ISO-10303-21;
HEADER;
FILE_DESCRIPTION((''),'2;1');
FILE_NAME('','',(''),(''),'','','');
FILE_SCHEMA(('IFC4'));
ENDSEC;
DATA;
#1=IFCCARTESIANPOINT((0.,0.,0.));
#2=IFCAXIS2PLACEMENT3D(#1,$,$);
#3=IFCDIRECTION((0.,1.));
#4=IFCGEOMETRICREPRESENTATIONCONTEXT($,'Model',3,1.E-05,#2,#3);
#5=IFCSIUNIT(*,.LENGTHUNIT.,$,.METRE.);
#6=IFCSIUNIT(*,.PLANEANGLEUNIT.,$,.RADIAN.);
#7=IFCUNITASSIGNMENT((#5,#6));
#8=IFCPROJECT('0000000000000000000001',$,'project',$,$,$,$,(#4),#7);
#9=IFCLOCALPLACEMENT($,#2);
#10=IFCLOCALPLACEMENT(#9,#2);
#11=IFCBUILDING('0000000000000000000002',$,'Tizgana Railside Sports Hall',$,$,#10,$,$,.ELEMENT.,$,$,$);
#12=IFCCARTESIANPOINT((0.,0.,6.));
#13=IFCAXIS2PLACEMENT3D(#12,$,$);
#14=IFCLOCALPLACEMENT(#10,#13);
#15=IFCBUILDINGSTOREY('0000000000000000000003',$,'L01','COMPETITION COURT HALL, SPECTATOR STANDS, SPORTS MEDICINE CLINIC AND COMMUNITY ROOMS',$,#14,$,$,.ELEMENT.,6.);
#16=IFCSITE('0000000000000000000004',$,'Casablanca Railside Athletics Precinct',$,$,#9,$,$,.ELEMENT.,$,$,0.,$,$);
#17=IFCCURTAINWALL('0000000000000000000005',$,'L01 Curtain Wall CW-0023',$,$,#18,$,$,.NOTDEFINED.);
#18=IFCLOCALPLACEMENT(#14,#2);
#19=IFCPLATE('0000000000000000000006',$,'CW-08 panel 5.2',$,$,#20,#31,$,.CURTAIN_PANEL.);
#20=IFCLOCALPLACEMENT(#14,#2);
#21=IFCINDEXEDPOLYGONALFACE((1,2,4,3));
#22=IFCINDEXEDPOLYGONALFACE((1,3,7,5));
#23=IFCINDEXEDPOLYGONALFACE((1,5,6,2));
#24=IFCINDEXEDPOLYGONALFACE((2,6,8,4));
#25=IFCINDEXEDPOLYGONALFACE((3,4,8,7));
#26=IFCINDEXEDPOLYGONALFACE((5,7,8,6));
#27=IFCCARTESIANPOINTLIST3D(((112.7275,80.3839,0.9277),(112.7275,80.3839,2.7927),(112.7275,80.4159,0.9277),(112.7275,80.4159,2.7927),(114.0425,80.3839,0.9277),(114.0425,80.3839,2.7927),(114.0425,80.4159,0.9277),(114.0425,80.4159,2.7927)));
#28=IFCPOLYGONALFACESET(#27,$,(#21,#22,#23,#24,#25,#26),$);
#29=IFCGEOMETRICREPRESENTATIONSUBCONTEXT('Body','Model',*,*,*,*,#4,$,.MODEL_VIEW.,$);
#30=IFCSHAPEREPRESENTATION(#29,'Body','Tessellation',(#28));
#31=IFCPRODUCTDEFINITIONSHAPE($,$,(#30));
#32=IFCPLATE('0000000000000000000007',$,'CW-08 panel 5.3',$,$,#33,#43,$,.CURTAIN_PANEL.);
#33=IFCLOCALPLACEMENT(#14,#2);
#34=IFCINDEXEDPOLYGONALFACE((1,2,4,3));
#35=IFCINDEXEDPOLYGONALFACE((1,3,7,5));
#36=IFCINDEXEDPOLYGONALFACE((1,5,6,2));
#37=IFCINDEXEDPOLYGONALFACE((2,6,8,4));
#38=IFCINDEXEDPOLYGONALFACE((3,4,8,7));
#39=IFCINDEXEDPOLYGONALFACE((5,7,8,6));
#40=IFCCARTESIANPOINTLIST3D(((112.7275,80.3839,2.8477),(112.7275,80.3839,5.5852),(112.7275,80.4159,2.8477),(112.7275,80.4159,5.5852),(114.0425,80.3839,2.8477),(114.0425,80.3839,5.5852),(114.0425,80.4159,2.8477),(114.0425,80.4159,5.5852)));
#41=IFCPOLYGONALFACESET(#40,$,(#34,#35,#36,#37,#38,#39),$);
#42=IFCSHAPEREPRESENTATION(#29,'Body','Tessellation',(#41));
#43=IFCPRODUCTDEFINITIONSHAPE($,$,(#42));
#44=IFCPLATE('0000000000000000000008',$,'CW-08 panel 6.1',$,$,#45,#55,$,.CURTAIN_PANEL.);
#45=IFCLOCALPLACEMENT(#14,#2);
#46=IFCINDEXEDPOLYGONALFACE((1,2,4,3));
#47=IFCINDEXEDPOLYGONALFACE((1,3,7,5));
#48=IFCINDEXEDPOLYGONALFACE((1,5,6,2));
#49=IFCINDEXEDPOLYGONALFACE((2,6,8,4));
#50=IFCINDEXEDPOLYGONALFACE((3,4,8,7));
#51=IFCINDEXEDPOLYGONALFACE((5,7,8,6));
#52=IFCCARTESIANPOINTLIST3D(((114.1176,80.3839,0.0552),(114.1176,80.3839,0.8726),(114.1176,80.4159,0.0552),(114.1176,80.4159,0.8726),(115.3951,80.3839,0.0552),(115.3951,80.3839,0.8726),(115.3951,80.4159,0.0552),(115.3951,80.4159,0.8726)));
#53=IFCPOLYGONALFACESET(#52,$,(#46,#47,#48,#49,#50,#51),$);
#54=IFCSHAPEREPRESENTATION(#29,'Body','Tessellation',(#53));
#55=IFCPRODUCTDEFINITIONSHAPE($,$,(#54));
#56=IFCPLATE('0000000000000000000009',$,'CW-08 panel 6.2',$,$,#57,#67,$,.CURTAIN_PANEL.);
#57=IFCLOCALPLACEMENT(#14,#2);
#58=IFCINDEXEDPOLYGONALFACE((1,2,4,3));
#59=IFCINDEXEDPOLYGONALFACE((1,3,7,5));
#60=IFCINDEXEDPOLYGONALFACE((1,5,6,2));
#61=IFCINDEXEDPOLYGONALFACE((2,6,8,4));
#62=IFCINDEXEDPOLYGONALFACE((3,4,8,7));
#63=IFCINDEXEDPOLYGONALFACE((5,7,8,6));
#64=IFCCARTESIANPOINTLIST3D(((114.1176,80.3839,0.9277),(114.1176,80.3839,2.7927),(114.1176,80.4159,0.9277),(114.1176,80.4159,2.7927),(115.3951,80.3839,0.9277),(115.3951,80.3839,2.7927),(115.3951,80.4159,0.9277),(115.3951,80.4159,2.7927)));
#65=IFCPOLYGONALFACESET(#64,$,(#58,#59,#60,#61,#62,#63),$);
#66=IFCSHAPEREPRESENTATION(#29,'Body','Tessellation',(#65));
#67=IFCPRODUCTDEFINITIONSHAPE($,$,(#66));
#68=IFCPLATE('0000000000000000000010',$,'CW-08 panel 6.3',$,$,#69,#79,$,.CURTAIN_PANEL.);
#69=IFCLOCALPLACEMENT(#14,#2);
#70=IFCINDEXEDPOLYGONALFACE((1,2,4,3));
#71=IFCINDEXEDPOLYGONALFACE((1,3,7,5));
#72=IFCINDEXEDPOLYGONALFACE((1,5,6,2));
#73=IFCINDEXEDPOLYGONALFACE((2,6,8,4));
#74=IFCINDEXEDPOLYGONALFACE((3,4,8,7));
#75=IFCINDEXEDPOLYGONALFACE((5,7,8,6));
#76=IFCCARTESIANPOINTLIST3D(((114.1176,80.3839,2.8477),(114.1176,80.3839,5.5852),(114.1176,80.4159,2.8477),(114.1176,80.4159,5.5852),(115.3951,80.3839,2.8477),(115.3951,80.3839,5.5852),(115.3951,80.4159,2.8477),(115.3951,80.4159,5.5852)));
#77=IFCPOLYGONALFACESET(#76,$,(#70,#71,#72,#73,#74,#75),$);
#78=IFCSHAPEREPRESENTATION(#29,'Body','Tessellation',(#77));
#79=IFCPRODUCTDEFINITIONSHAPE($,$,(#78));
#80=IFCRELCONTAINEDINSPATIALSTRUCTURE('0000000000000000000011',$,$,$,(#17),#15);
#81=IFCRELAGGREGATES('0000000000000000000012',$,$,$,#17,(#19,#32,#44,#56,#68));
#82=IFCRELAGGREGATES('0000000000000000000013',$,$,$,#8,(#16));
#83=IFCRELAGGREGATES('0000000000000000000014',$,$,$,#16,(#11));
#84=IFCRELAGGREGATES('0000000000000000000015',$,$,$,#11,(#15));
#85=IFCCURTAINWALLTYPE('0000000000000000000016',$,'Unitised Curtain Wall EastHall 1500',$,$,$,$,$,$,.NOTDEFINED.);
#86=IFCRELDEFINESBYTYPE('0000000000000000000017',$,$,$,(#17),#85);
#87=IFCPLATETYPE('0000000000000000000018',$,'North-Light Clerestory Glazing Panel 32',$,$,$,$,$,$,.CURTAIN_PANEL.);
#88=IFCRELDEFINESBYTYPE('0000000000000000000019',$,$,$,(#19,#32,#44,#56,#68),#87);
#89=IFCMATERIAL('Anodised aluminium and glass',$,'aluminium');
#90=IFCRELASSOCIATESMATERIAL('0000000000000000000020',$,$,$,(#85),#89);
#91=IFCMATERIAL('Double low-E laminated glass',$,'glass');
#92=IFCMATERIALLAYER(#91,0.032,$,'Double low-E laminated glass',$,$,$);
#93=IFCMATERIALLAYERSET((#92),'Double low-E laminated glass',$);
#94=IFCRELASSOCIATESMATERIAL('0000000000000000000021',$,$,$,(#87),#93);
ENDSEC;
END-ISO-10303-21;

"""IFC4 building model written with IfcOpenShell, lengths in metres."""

from ifc_helpers import new_model, si_unit, direction, frame, origin, origin_2d, place, context, subcontext, project, spatial, rectangle, extrude, material, layer, layer_set, type_object, element, aggregate, save


model = new_model("IFC4")

# Units and contexts
model_context = context("Model", 3, precision=1e-05, world=origin(), true_north=direction((0.0, 1.0)))
body_context = subcontext(model_context, "Body", "Model", "MODEL_VIEW")
ifc_project = project(units=[si_unit("LENGTHUNIT", "METRE"), si_unit("PLANEANGLEUNIT", "RADIAN")], contexts=[model_context])

# Site, building, storey
site_placement = place(None, origin())
site = spatial("IfcSite", under=ifc_project, at=site_placement, Name="Casablanca Railside Athletics Precinct", CompositionType="ELEMENT", RefElevation=0.0)
building_placement = place(site_placement, origin())
building = spatial("IfcBuilding", under=site, at=building_placement, Name="Tizgana Railside Sports Hall", CompositionType="ELEMENT")
storey_placement = place(building_placement, frame((0.0, 0.0, 6.0)))
storey = spatial("IfcBuildingStorey", under=building, at=storey_placement, Name="L01", Description="COMPETITION COURT HALL, SPECTATOR STANDS, SPORTS MEDICINE CLINIC AND COMMUNITY ROOMS", CompositionType="ELEMENT", Elevation=6.0)

# Curtain wall, plates
ifc_material_1 = material(Name="Anodised aluminium and glass", Category="aluminium")
curtain_wall_type = type_object("IfcCurtainWallType", Name="Unitised Curtain Wall EastHall 1500", PredefinedType="NOTDEFINED", material=ifc_material_1)
curtain_wall_placement = place(storey_placement, origin())
curtain_wall = element("IfcCurtainWall", 1, at=curtain_wall_placement, inside=storey, type_object=curtain_wall_type, Name="L01 Curtain Wall CW-0023", PredefinedType="NOTDEFINED")
ifc_material_2 = material(Name="Double low-E laminated glass", Category="glass")
ifc_layer = layer(ifc_material_2, 0.032, Name="Double low-E laminated glass")
ifc_layer_set = layer_set([ifc_layer], Name="Double low-E laminated glass")
plate_type = type_object("IfcPlateType", Name="North-Light Clerestory Glazing Panel 32", PredefinedType="CURTAIN_PANEL", material=ifc_layer_set)
plate_1_placement = place(storey_placement, frame((113.385, 80.3999, 0.9277), z_axis=(0.0, 0.0, 1.0), x_axis=(1.0, 0.0, 0.0)))
plate_1 = element("IfcPlate", 2, at=plate_1_placement, type_object=plate_type, Name="CW-08 panel 5.2", PredefinedType="CURTAIN_PANEL", context=body_context, shape_type="SweptSolid", body=[
    extrude(rectangle(XDim=1.3149, YDim=0.032, at=origin_2d()), origin(), (0.0, 0.0, 1.0), 1.865),
])
plate_2_placement = place(storey_placement, frame((113.385, 80.3999, 2.8477), z_axis=(0.0, 0.0, 1.0), x_axis=(1.0, 0.0, 0.0)))
plate_2 = element("IfcPlate", 3, at=plate_2_placement, type_object=plate_type, Name="CW-08 panel 5.3", PredefinedType="CURTAIN_PANEL", context=body_context, shape_type="SweptSolid", body=[
    extrude(rectangle(XDim=1.3149, YDim=0.032, at=origin_2d()), origin(), (0.0, 0.0, 1.0), 2.7375),
])
plate_3_placement = place(storey_placement, frame((114.7563, 80.3999, 0.0552), z_axis=(0.0, 0.0, 1.0), x_axis=(1.0, 0.0, 0.0)))
plate_3 = element("IfcPlate", 4, at=plate_3_placement, type_object=plate_type, Name="CW-08 panel 6.1", PredefinedType="CURTAIN_PANEL", context=body_context, shape_type="SweptSolid", body=[
    extrude(rectangle(XDim=1.2776, YDim=0.032, at=origin_2d()), origin(), (0.0, 0.0, 1.0), 0.8174),
])
plate_4_placement = place(storey_placement, frame((114.7563, 80.3999, 0.9277), z_axis=(0.0, 0.0, 1.0), x_axis=(1.0, 0.0, 0.0)))
plate_4 = element("IfcPlate", 5, at=plate_4_placement, type_object=plate_type, Name="CW-08 panel 6.2", PredefinedType="CURTAIN_PANEL", context=body_context, shape_type="SweptSolid", body=[
    extrude(rectangle(XDim=1.2776, YDim=0.032, at=origin_2d()), origin(), (0.0, 0.0, 1.0), 1.865),
])
plate_5_placement = place(storey_placement, frame((114.7563, 80.3999, 2.8477), z_axis=(0.0, 0.0, 1.0), x_axis=(1.0, 0.0, 0.0)))
plate_5 = element("IfcPlate", 6, at=plate_5_placement, type_object=plate_type, Name="CW-08 panel 6.3", PredefinedType="CURTAIN_PANEL", context=body_context, shape_type="SweptSolid", body=[
    extrude(rectangle(XDim=1.2776, YDim=0.032, at=origin_2d()), origin(), (0.0, 0.0, 1.0), 2.7375),
])
aggregate(curtain_wall, [plate_1, plate_2, plate_3, plate_4, plate_5])

save(model, "model.ifc")
